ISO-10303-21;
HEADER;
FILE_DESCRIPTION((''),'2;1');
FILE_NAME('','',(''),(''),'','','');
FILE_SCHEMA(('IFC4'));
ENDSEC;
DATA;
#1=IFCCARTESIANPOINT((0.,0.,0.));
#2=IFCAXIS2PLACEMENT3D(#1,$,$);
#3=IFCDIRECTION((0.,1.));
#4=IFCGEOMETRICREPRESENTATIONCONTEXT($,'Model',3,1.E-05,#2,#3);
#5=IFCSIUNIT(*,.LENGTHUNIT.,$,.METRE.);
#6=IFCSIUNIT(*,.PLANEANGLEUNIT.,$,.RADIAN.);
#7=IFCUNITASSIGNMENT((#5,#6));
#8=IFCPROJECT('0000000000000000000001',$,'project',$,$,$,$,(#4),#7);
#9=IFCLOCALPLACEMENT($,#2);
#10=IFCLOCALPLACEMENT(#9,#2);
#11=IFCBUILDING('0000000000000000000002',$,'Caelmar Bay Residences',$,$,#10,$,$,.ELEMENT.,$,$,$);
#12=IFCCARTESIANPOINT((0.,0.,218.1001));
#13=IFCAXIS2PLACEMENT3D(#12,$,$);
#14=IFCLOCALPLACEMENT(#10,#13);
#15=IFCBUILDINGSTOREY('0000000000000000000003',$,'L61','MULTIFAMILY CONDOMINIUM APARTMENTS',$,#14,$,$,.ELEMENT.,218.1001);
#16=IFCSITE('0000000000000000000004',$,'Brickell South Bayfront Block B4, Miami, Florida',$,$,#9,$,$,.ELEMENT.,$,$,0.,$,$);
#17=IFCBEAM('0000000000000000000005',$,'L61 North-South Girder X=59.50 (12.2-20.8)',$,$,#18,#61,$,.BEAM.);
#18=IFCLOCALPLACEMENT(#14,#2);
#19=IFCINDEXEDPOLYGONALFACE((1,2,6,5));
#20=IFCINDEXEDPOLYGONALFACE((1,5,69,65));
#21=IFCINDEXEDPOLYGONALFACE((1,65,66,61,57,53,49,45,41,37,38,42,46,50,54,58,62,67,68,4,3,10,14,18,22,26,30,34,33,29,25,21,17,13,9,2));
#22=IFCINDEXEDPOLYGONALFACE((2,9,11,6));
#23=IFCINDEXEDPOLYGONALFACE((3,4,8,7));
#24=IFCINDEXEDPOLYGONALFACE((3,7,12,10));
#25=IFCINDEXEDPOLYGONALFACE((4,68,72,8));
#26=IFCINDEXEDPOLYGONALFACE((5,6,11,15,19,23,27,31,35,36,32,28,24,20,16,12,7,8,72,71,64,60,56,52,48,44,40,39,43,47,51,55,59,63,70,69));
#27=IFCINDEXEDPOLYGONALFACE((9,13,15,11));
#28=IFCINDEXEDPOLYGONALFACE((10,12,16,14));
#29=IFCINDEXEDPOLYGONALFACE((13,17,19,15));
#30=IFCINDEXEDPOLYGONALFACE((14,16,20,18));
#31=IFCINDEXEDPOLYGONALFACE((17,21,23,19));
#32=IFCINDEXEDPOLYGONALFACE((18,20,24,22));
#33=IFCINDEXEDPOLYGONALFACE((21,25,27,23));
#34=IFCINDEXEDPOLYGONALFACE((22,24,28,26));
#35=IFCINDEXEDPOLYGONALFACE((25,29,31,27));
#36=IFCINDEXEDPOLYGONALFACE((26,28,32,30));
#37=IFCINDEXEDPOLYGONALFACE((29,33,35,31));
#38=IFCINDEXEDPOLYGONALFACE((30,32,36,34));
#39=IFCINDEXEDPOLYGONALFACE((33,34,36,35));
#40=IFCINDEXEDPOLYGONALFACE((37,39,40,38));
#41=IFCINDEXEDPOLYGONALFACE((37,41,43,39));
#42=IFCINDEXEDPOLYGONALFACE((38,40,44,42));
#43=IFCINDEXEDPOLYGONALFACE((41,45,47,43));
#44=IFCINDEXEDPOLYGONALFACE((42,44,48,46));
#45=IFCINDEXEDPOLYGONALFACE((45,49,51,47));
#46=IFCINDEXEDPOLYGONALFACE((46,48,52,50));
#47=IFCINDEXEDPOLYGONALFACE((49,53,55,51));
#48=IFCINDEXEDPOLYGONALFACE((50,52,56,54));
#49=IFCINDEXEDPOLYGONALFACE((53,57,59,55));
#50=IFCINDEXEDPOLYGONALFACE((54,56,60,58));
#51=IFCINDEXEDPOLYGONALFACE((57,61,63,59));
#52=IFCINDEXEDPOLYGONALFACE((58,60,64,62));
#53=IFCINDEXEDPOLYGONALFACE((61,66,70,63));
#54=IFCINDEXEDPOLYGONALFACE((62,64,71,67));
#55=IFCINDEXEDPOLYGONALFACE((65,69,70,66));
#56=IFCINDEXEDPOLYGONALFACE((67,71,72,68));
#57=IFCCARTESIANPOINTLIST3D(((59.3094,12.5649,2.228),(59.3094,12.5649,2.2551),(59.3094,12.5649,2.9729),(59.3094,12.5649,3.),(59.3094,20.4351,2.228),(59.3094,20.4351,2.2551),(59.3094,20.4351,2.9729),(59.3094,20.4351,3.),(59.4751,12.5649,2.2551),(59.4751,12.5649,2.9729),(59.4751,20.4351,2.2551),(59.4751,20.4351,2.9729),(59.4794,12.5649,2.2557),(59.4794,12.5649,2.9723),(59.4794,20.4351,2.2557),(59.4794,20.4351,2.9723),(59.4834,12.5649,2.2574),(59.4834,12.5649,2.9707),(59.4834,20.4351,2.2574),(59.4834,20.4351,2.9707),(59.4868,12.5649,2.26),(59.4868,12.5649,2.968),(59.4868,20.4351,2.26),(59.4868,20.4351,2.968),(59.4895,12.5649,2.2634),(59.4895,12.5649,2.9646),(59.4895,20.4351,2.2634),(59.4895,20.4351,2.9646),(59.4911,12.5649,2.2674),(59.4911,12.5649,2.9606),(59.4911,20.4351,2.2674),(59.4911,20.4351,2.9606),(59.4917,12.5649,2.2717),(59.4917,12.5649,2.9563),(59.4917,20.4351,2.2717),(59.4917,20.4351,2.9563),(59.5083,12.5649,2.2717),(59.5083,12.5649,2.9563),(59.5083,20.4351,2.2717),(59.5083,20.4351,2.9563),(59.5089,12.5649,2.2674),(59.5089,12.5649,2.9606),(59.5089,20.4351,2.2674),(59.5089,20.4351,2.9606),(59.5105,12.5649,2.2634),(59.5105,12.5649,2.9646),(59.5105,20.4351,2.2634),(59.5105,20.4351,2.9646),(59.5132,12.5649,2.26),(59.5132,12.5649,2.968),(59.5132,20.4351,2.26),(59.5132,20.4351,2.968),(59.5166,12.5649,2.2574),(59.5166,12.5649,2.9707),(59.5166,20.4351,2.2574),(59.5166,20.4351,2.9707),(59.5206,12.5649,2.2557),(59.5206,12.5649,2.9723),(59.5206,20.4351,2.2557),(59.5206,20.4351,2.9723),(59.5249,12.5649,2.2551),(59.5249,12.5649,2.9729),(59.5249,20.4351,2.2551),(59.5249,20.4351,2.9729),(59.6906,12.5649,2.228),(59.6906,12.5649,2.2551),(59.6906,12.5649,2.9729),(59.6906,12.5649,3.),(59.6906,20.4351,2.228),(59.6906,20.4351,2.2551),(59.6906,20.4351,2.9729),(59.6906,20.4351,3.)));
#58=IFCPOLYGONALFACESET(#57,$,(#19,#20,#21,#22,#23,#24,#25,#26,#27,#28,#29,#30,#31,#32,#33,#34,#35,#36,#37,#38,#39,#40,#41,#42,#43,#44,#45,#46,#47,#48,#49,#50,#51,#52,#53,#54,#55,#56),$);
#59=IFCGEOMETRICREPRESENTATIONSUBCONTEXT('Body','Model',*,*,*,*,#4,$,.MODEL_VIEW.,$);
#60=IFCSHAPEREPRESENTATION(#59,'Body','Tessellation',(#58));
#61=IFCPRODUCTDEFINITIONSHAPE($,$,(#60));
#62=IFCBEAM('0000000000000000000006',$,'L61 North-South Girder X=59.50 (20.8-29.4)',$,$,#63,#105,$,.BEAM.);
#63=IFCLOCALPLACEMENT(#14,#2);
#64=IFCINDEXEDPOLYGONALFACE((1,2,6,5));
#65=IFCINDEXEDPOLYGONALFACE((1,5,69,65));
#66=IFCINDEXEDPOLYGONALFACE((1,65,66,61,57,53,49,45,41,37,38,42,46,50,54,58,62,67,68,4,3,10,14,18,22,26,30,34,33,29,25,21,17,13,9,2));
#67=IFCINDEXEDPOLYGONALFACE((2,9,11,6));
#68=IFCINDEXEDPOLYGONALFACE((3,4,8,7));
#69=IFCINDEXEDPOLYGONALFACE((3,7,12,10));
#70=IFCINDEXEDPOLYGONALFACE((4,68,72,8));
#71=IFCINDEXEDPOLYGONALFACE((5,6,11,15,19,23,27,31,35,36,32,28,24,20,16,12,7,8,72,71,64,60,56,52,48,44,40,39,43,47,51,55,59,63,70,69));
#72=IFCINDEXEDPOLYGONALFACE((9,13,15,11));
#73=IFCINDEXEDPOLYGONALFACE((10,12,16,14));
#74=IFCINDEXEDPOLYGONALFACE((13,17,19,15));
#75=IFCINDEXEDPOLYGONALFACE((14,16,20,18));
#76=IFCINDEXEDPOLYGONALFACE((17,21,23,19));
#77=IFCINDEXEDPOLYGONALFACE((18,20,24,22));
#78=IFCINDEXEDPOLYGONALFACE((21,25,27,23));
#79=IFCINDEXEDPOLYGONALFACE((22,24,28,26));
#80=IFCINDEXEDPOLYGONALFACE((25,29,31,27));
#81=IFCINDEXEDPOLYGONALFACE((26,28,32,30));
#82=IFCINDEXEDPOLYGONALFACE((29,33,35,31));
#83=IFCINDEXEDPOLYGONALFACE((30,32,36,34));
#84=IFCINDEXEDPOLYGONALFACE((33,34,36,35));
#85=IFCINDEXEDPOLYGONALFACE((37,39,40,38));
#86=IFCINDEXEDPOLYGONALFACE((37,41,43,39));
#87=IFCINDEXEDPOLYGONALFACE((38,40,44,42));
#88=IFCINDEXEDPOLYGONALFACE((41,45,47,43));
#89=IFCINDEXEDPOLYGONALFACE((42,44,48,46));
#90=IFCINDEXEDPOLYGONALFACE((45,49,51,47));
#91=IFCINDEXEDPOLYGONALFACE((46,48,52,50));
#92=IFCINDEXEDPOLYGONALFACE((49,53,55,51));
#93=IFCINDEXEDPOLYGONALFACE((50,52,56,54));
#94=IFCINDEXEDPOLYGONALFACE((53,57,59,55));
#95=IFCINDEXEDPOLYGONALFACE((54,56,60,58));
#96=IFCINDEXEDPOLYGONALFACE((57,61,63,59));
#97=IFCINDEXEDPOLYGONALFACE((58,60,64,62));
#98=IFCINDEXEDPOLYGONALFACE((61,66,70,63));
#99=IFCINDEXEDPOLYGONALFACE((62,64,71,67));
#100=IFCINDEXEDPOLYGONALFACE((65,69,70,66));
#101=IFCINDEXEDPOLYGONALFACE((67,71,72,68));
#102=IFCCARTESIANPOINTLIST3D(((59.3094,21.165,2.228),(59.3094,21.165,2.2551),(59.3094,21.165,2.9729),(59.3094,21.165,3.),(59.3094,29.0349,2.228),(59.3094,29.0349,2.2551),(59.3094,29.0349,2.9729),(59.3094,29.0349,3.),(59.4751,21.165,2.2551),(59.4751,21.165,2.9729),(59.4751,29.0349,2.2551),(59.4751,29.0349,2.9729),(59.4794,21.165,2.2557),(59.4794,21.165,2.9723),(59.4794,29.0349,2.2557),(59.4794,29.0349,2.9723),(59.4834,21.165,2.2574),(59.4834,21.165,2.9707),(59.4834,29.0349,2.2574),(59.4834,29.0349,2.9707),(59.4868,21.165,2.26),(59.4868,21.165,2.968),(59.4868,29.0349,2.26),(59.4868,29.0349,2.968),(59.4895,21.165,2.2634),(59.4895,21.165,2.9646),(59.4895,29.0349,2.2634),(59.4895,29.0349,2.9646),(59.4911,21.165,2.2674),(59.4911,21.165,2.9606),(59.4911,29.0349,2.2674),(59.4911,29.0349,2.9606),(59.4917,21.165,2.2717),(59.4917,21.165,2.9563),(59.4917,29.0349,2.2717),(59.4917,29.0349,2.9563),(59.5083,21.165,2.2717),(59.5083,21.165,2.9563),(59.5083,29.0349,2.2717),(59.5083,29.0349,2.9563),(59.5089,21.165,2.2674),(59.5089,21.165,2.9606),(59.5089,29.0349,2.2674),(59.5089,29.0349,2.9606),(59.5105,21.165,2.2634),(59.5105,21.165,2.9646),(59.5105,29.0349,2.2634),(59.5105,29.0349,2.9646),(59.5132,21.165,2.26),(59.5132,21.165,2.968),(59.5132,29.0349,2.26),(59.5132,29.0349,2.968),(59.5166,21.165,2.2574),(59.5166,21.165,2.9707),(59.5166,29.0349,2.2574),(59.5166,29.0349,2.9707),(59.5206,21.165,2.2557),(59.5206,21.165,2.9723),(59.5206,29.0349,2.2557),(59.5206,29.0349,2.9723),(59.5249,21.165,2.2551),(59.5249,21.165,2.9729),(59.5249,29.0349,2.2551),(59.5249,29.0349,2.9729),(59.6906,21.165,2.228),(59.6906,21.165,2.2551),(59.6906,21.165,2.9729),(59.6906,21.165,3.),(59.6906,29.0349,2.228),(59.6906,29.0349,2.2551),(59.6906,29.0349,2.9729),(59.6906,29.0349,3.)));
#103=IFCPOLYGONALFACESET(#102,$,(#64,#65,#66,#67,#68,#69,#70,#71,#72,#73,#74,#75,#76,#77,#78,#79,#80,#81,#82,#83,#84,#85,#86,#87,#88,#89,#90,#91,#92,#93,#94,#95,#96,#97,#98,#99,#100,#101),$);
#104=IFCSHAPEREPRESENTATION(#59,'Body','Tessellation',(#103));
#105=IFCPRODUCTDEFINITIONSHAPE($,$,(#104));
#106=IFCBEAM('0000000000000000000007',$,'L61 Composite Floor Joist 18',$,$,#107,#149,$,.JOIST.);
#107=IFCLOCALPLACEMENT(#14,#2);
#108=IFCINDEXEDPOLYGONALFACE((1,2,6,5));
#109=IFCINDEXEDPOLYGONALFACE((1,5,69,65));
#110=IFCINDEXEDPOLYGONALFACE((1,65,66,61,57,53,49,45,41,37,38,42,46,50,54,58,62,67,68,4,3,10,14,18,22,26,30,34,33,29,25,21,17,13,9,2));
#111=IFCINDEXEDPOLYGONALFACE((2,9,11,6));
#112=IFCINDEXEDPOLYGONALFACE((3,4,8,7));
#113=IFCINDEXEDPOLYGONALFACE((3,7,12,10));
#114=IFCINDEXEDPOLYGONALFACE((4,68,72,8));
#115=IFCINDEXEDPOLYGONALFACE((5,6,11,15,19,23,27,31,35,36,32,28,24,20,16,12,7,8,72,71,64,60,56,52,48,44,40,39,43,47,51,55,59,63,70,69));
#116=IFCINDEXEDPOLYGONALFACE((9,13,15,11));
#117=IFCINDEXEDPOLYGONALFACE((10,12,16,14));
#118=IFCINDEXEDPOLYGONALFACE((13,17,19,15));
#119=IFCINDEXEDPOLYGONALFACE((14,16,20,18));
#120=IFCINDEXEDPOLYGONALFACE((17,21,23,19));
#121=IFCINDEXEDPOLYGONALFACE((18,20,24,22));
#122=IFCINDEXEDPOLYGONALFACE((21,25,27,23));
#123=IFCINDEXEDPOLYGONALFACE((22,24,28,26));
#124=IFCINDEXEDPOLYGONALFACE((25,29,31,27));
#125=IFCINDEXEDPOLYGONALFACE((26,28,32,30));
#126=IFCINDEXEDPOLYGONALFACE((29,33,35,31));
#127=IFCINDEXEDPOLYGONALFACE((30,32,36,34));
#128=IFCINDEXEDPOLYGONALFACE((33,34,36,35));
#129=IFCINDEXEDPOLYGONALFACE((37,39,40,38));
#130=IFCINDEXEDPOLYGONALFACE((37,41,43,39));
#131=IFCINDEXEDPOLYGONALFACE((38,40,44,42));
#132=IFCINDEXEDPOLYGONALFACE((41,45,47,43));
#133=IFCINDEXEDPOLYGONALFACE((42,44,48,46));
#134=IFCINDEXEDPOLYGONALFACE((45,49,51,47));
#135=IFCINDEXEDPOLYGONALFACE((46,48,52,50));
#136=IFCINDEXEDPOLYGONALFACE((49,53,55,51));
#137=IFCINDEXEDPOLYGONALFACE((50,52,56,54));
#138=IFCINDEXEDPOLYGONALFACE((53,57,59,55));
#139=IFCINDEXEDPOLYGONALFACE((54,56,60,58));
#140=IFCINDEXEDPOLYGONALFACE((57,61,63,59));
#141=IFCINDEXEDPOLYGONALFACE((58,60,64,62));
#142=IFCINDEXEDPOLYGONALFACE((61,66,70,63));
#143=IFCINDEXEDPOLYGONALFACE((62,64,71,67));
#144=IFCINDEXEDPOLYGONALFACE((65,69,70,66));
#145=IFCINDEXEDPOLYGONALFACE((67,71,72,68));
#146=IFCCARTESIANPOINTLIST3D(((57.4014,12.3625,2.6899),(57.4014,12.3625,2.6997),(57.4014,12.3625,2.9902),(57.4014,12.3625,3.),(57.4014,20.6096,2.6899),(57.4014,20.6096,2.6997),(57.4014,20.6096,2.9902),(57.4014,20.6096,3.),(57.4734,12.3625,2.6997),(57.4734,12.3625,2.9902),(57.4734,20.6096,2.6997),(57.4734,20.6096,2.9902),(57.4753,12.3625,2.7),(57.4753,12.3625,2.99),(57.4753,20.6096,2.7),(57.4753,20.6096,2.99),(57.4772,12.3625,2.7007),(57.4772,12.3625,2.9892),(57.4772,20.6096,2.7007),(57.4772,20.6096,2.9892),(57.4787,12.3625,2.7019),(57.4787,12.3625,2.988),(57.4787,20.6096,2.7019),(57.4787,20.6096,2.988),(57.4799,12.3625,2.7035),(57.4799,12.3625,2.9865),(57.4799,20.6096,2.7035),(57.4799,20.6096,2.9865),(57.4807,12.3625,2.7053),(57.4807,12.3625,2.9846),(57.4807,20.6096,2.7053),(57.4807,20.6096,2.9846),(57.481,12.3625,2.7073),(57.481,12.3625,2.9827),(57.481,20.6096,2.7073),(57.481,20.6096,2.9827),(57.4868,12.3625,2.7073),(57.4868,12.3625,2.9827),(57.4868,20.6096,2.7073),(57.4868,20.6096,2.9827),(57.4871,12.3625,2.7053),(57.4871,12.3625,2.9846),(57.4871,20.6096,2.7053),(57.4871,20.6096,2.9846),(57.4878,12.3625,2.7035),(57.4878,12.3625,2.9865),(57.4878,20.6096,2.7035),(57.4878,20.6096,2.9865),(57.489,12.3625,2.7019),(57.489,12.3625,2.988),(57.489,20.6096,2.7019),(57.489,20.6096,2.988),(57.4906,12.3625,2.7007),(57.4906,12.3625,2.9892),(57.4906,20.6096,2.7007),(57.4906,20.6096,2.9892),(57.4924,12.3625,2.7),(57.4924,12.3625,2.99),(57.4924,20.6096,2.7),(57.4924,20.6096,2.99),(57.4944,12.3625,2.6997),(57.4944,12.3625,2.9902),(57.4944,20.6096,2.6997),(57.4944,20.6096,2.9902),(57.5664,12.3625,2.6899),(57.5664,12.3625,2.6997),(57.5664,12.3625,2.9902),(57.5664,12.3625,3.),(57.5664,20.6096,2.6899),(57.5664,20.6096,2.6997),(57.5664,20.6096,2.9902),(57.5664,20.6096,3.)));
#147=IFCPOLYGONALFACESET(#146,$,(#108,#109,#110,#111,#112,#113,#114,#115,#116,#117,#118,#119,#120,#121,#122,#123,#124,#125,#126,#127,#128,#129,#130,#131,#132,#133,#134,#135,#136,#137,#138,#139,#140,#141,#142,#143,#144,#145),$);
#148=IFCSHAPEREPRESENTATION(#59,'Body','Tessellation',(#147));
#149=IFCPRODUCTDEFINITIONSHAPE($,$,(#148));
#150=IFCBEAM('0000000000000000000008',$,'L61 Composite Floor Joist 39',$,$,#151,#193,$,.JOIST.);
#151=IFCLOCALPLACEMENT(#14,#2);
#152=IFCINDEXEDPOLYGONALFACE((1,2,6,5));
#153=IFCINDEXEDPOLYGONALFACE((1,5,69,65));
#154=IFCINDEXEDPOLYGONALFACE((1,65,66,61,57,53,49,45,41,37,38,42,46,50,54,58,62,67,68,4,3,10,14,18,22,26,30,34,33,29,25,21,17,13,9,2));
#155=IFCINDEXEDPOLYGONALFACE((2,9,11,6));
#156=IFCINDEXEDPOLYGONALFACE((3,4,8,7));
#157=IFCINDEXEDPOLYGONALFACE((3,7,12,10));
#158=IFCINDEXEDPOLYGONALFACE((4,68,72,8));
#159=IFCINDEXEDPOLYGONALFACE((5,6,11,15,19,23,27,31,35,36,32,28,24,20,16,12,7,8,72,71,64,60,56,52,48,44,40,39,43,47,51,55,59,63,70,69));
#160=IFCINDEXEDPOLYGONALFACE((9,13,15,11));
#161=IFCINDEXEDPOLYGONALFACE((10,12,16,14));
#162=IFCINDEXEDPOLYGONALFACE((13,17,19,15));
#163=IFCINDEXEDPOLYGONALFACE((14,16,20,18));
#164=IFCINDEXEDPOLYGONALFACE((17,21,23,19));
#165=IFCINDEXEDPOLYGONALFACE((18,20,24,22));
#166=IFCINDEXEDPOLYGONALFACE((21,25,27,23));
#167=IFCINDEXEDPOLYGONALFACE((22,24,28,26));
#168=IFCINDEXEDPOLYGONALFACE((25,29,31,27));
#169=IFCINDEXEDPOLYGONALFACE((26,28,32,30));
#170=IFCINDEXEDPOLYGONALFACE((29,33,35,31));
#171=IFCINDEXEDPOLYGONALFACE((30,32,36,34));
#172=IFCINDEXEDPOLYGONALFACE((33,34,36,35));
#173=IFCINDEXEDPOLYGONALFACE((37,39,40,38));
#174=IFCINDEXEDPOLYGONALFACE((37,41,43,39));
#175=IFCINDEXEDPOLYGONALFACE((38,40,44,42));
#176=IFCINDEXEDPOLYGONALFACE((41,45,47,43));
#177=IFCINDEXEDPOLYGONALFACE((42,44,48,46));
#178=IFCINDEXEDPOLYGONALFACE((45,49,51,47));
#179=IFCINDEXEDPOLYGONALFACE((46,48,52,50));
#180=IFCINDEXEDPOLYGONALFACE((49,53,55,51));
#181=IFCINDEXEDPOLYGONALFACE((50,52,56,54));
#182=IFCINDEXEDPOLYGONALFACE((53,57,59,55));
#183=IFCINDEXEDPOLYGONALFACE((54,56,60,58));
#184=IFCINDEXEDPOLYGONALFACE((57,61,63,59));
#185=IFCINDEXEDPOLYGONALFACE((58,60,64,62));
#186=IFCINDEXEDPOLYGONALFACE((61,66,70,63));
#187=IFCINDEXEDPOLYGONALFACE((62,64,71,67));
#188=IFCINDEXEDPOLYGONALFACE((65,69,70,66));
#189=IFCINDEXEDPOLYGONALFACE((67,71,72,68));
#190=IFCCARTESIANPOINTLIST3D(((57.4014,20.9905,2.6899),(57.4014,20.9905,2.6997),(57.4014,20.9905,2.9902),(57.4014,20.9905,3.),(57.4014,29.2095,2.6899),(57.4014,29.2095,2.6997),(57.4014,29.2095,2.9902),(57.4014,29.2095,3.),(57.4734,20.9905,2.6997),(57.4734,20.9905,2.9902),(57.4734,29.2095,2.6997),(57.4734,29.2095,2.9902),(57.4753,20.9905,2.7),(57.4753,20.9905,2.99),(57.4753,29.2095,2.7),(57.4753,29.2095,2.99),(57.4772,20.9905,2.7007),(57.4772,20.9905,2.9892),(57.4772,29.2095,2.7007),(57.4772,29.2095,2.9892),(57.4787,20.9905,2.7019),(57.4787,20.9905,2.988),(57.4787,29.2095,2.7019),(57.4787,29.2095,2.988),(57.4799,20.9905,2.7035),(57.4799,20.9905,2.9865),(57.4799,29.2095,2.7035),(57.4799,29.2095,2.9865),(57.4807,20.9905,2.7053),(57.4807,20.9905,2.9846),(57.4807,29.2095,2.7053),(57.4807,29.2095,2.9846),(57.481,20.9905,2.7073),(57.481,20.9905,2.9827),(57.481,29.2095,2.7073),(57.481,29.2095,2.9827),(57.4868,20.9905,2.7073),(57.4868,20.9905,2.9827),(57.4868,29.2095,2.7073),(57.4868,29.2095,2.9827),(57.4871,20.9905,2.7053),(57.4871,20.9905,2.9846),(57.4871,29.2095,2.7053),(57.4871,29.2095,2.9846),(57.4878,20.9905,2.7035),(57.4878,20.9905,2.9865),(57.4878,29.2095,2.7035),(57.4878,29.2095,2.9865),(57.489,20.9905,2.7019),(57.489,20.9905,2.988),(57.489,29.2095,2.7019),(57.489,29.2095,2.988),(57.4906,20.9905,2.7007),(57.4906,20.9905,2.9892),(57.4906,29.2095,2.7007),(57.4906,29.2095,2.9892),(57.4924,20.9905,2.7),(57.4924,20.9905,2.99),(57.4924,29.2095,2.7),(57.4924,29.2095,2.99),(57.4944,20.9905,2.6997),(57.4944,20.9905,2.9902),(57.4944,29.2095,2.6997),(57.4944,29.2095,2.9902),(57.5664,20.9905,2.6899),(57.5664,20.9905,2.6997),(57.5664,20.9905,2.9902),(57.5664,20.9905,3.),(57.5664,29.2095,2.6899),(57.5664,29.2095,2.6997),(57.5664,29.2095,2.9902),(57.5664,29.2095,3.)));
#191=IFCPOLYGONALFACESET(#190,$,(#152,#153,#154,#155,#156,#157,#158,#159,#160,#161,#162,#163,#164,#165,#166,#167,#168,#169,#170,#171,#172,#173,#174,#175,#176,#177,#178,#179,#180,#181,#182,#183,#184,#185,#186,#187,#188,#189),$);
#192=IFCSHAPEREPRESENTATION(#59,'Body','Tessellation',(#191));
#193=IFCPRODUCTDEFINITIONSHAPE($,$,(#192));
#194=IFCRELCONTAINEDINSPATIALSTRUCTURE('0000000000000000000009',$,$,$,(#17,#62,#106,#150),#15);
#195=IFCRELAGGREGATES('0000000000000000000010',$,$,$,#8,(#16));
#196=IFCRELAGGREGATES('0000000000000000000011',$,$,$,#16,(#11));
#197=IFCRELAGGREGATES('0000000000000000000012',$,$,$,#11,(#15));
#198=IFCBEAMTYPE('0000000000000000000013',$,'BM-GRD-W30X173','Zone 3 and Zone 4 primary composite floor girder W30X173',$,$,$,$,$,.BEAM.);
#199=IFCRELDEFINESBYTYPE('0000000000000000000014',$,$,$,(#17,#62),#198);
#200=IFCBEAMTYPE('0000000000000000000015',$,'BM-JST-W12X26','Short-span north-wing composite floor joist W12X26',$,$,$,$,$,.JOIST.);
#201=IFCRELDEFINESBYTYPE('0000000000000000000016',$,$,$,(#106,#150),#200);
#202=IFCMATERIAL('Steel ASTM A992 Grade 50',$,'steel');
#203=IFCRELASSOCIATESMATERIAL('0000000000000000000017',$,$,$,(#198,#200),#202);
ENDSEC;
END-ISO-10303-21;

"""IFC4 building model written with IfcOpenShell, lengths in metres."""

from ifc_helpers import new_model, si_unit, direction, frame, origin, origin_2d, place, context, subcontext, project, spatial, i_section, extrude, material, material_profile, profile_set, type_object, element, save


model = new_model("IFC4")

# Units and contexts
model_context = context("Model", 3, precision=1e-05, world=origin(), true_north=direction((0.0, 1.0)))
body_context = subcontext(model_context, "Body", "Model", "MODEL_VIEW")
ifc_project = project(units=[si_unit("LENGTHUNIT", "METRE"), si_unit("PLANEANGLEUNIT", "RADIAN")], contexts=[model_context])

# Site, building, storey
site_placement = place(None, origin())
site = spatial("IfcSite", under=ifc_project, at=site_placement, Name="Brickell South Bayfront Block B4, Miami, Florida", CompositionType="ELEMENT", RefElevation=0.0)
building_placement = place(site_placement, origin())
building = spatial("IfcBuilding", under=site, at=building_placement, Name="Caelmar Bay Residences", CompositionType="ELEMENT")
storey_placement = place(building_placement, frame((0.0, 0.0, 218.1001)))
storey = spatial("IfcBuildingStorey", under=building, at=storey_placement, Name="L61", Description="MULTIFAMILY CONDOMINIUM APARTMENTS", CompositionType="ELEMENT", Elevation=218.1001)

# Beams
ifc_material_1 = material(Name="Steel ASTM A992 Grade 50", Category="steel")
ifc_material_profile_1 = material_profile(ifc_material_1, i_section(OverallWidth=0.3811, OverallDepth=0.772, WebThickness=0.0166, FlangeThickness=0.0271, FilletRadius=0.0166, at=origin_2d()), Name="W30X173")
ifc_profile_set_1 = profile_set([ifc_material_profile_1], Name="Steel ASTM A992 Grade 50")
beam_type_1 = type_object("IfcBeamType", Name="BM-GRD-W30X173", Description="Zone 3 and Zone 4 primary composite floor girder W30X173", PredefinedType="BEAM", material=ifc_profile_set_1)
for number, where, z_axis, x_axis, name in (
    (1, (59.5, 12.5649, 2.614), (0.0, 1.0, 0.0), (-1.0, 0.0, 0.0), "L61 North-South Girder X=59.50 (12.2-20.8)"),
):
    element("IfcBeam", number, at=place(storey_placement, frame(where, z_axis=z_axis, x_axis=x_axis)), inside=storey, type_object=beam_type_1, Name=name, PredefinedType="BEAM", context=body_context, shape_type="SweptSolid", body=[
        extrude(i_section(OverallWidth=0.3811, OverallDepth=0.772, WebThickness=0.0166, FlangeThickness=0.0271, FilletRadius=0.0166, at=origin_2d()), origin(), (0.0, 0.0, 1.0), 7.8701),
    ])
beam_1_placement = place(storey_placement, frame((59.5, 21.165, 2.614), z_axis=(0.0, 1.0, 0.0), x_axis=(-1.0, 0.0, 0.0)))
element("IfcBeam", 2, at=beam_1_placement, inside=storey, type_object=beam_type_1, Name="L61 North-South Girder X=59.50 (20.8-29.4)", PredefinedType="BEAM", context=body_context, shape_type="SweptSolid", body=[
    extrude(i_section(OverallWidth=0.3811, OverallDepth=0.772, WebThickness=0.0166, FlangeThickness=0.0271, FilletRadius=0.0166, at=origin_2d()), origin(), (0.0, 0.0, 1.0), 7.8699),
])
ifc_material_profile_2 = material_profile(ifc_material_1, i_section(OverallWidth=0.165, OverallDepth=0.3101, WebThickness=0.0059, FlangeThickness=0.0098, FilletRadius=0.0076, at=origin_2d()), Name="W12X26")
ifc_profile_set_2 = profile_set([ifc_material_profile_2], Name="Steel ASTM A992 Grade 50")
beam_type_2 = type_object("IfcBeamType", Name="BM-JST-W12X26", Description="Short-span north-wing composite floor joist W12X26", PredefinedType="JOIST", material=ifc_profile_set_2)
beam_2_placement = place(storey_placement, frame((57.4839, 12.3625, 2.845), z_axis=(0.0, 1.0, 0.0), x_axis=(-1.0, 0.0, 0.0)))
element("IfcBeam", 3, at=beam_2_placement, inside=storey, type_object=beam_type_2, Name="L61 Composite Floor Joist 18", PredefinedType="JOIST", context=body_context, shape_type="SweptSolid", body=[
    extrude(i_section(OverallWidth=0.165, OverallDepth=0.3101, WebThickness=0.0059, FlangeThickness=0.0098, FilletRadius=0.0076, at=origin_2d()), origin(), (0.0, 0.0, 1.0), 8.2471),
])
beam_3_placement = place(storey_placement, frame((57.4839, 20.9905, 2.845), z_axis=(0.0, 1.0, 0.0), x_axis=(-1.0, 0.0, 0.0)))
element("IfcBeam", 4, at=beam_3_placement, inside=storey, type_object=beam_type_2, Name="L61 Composite Floor Joist 39", PredefinedType="JOIST", context=body_context, shape_type="SweptSolid", body=[
    extrude(i_section(OverallWidth=0.165, OverallDepth=0.3101, WebThickness=0.0059, FlangeThickness=0.0098, FilletRadius=0.0076, at=origin_2d()), origin(), (0.0, 0.0, 1.0), 8.219),
])

save(model, "model.ifc")
